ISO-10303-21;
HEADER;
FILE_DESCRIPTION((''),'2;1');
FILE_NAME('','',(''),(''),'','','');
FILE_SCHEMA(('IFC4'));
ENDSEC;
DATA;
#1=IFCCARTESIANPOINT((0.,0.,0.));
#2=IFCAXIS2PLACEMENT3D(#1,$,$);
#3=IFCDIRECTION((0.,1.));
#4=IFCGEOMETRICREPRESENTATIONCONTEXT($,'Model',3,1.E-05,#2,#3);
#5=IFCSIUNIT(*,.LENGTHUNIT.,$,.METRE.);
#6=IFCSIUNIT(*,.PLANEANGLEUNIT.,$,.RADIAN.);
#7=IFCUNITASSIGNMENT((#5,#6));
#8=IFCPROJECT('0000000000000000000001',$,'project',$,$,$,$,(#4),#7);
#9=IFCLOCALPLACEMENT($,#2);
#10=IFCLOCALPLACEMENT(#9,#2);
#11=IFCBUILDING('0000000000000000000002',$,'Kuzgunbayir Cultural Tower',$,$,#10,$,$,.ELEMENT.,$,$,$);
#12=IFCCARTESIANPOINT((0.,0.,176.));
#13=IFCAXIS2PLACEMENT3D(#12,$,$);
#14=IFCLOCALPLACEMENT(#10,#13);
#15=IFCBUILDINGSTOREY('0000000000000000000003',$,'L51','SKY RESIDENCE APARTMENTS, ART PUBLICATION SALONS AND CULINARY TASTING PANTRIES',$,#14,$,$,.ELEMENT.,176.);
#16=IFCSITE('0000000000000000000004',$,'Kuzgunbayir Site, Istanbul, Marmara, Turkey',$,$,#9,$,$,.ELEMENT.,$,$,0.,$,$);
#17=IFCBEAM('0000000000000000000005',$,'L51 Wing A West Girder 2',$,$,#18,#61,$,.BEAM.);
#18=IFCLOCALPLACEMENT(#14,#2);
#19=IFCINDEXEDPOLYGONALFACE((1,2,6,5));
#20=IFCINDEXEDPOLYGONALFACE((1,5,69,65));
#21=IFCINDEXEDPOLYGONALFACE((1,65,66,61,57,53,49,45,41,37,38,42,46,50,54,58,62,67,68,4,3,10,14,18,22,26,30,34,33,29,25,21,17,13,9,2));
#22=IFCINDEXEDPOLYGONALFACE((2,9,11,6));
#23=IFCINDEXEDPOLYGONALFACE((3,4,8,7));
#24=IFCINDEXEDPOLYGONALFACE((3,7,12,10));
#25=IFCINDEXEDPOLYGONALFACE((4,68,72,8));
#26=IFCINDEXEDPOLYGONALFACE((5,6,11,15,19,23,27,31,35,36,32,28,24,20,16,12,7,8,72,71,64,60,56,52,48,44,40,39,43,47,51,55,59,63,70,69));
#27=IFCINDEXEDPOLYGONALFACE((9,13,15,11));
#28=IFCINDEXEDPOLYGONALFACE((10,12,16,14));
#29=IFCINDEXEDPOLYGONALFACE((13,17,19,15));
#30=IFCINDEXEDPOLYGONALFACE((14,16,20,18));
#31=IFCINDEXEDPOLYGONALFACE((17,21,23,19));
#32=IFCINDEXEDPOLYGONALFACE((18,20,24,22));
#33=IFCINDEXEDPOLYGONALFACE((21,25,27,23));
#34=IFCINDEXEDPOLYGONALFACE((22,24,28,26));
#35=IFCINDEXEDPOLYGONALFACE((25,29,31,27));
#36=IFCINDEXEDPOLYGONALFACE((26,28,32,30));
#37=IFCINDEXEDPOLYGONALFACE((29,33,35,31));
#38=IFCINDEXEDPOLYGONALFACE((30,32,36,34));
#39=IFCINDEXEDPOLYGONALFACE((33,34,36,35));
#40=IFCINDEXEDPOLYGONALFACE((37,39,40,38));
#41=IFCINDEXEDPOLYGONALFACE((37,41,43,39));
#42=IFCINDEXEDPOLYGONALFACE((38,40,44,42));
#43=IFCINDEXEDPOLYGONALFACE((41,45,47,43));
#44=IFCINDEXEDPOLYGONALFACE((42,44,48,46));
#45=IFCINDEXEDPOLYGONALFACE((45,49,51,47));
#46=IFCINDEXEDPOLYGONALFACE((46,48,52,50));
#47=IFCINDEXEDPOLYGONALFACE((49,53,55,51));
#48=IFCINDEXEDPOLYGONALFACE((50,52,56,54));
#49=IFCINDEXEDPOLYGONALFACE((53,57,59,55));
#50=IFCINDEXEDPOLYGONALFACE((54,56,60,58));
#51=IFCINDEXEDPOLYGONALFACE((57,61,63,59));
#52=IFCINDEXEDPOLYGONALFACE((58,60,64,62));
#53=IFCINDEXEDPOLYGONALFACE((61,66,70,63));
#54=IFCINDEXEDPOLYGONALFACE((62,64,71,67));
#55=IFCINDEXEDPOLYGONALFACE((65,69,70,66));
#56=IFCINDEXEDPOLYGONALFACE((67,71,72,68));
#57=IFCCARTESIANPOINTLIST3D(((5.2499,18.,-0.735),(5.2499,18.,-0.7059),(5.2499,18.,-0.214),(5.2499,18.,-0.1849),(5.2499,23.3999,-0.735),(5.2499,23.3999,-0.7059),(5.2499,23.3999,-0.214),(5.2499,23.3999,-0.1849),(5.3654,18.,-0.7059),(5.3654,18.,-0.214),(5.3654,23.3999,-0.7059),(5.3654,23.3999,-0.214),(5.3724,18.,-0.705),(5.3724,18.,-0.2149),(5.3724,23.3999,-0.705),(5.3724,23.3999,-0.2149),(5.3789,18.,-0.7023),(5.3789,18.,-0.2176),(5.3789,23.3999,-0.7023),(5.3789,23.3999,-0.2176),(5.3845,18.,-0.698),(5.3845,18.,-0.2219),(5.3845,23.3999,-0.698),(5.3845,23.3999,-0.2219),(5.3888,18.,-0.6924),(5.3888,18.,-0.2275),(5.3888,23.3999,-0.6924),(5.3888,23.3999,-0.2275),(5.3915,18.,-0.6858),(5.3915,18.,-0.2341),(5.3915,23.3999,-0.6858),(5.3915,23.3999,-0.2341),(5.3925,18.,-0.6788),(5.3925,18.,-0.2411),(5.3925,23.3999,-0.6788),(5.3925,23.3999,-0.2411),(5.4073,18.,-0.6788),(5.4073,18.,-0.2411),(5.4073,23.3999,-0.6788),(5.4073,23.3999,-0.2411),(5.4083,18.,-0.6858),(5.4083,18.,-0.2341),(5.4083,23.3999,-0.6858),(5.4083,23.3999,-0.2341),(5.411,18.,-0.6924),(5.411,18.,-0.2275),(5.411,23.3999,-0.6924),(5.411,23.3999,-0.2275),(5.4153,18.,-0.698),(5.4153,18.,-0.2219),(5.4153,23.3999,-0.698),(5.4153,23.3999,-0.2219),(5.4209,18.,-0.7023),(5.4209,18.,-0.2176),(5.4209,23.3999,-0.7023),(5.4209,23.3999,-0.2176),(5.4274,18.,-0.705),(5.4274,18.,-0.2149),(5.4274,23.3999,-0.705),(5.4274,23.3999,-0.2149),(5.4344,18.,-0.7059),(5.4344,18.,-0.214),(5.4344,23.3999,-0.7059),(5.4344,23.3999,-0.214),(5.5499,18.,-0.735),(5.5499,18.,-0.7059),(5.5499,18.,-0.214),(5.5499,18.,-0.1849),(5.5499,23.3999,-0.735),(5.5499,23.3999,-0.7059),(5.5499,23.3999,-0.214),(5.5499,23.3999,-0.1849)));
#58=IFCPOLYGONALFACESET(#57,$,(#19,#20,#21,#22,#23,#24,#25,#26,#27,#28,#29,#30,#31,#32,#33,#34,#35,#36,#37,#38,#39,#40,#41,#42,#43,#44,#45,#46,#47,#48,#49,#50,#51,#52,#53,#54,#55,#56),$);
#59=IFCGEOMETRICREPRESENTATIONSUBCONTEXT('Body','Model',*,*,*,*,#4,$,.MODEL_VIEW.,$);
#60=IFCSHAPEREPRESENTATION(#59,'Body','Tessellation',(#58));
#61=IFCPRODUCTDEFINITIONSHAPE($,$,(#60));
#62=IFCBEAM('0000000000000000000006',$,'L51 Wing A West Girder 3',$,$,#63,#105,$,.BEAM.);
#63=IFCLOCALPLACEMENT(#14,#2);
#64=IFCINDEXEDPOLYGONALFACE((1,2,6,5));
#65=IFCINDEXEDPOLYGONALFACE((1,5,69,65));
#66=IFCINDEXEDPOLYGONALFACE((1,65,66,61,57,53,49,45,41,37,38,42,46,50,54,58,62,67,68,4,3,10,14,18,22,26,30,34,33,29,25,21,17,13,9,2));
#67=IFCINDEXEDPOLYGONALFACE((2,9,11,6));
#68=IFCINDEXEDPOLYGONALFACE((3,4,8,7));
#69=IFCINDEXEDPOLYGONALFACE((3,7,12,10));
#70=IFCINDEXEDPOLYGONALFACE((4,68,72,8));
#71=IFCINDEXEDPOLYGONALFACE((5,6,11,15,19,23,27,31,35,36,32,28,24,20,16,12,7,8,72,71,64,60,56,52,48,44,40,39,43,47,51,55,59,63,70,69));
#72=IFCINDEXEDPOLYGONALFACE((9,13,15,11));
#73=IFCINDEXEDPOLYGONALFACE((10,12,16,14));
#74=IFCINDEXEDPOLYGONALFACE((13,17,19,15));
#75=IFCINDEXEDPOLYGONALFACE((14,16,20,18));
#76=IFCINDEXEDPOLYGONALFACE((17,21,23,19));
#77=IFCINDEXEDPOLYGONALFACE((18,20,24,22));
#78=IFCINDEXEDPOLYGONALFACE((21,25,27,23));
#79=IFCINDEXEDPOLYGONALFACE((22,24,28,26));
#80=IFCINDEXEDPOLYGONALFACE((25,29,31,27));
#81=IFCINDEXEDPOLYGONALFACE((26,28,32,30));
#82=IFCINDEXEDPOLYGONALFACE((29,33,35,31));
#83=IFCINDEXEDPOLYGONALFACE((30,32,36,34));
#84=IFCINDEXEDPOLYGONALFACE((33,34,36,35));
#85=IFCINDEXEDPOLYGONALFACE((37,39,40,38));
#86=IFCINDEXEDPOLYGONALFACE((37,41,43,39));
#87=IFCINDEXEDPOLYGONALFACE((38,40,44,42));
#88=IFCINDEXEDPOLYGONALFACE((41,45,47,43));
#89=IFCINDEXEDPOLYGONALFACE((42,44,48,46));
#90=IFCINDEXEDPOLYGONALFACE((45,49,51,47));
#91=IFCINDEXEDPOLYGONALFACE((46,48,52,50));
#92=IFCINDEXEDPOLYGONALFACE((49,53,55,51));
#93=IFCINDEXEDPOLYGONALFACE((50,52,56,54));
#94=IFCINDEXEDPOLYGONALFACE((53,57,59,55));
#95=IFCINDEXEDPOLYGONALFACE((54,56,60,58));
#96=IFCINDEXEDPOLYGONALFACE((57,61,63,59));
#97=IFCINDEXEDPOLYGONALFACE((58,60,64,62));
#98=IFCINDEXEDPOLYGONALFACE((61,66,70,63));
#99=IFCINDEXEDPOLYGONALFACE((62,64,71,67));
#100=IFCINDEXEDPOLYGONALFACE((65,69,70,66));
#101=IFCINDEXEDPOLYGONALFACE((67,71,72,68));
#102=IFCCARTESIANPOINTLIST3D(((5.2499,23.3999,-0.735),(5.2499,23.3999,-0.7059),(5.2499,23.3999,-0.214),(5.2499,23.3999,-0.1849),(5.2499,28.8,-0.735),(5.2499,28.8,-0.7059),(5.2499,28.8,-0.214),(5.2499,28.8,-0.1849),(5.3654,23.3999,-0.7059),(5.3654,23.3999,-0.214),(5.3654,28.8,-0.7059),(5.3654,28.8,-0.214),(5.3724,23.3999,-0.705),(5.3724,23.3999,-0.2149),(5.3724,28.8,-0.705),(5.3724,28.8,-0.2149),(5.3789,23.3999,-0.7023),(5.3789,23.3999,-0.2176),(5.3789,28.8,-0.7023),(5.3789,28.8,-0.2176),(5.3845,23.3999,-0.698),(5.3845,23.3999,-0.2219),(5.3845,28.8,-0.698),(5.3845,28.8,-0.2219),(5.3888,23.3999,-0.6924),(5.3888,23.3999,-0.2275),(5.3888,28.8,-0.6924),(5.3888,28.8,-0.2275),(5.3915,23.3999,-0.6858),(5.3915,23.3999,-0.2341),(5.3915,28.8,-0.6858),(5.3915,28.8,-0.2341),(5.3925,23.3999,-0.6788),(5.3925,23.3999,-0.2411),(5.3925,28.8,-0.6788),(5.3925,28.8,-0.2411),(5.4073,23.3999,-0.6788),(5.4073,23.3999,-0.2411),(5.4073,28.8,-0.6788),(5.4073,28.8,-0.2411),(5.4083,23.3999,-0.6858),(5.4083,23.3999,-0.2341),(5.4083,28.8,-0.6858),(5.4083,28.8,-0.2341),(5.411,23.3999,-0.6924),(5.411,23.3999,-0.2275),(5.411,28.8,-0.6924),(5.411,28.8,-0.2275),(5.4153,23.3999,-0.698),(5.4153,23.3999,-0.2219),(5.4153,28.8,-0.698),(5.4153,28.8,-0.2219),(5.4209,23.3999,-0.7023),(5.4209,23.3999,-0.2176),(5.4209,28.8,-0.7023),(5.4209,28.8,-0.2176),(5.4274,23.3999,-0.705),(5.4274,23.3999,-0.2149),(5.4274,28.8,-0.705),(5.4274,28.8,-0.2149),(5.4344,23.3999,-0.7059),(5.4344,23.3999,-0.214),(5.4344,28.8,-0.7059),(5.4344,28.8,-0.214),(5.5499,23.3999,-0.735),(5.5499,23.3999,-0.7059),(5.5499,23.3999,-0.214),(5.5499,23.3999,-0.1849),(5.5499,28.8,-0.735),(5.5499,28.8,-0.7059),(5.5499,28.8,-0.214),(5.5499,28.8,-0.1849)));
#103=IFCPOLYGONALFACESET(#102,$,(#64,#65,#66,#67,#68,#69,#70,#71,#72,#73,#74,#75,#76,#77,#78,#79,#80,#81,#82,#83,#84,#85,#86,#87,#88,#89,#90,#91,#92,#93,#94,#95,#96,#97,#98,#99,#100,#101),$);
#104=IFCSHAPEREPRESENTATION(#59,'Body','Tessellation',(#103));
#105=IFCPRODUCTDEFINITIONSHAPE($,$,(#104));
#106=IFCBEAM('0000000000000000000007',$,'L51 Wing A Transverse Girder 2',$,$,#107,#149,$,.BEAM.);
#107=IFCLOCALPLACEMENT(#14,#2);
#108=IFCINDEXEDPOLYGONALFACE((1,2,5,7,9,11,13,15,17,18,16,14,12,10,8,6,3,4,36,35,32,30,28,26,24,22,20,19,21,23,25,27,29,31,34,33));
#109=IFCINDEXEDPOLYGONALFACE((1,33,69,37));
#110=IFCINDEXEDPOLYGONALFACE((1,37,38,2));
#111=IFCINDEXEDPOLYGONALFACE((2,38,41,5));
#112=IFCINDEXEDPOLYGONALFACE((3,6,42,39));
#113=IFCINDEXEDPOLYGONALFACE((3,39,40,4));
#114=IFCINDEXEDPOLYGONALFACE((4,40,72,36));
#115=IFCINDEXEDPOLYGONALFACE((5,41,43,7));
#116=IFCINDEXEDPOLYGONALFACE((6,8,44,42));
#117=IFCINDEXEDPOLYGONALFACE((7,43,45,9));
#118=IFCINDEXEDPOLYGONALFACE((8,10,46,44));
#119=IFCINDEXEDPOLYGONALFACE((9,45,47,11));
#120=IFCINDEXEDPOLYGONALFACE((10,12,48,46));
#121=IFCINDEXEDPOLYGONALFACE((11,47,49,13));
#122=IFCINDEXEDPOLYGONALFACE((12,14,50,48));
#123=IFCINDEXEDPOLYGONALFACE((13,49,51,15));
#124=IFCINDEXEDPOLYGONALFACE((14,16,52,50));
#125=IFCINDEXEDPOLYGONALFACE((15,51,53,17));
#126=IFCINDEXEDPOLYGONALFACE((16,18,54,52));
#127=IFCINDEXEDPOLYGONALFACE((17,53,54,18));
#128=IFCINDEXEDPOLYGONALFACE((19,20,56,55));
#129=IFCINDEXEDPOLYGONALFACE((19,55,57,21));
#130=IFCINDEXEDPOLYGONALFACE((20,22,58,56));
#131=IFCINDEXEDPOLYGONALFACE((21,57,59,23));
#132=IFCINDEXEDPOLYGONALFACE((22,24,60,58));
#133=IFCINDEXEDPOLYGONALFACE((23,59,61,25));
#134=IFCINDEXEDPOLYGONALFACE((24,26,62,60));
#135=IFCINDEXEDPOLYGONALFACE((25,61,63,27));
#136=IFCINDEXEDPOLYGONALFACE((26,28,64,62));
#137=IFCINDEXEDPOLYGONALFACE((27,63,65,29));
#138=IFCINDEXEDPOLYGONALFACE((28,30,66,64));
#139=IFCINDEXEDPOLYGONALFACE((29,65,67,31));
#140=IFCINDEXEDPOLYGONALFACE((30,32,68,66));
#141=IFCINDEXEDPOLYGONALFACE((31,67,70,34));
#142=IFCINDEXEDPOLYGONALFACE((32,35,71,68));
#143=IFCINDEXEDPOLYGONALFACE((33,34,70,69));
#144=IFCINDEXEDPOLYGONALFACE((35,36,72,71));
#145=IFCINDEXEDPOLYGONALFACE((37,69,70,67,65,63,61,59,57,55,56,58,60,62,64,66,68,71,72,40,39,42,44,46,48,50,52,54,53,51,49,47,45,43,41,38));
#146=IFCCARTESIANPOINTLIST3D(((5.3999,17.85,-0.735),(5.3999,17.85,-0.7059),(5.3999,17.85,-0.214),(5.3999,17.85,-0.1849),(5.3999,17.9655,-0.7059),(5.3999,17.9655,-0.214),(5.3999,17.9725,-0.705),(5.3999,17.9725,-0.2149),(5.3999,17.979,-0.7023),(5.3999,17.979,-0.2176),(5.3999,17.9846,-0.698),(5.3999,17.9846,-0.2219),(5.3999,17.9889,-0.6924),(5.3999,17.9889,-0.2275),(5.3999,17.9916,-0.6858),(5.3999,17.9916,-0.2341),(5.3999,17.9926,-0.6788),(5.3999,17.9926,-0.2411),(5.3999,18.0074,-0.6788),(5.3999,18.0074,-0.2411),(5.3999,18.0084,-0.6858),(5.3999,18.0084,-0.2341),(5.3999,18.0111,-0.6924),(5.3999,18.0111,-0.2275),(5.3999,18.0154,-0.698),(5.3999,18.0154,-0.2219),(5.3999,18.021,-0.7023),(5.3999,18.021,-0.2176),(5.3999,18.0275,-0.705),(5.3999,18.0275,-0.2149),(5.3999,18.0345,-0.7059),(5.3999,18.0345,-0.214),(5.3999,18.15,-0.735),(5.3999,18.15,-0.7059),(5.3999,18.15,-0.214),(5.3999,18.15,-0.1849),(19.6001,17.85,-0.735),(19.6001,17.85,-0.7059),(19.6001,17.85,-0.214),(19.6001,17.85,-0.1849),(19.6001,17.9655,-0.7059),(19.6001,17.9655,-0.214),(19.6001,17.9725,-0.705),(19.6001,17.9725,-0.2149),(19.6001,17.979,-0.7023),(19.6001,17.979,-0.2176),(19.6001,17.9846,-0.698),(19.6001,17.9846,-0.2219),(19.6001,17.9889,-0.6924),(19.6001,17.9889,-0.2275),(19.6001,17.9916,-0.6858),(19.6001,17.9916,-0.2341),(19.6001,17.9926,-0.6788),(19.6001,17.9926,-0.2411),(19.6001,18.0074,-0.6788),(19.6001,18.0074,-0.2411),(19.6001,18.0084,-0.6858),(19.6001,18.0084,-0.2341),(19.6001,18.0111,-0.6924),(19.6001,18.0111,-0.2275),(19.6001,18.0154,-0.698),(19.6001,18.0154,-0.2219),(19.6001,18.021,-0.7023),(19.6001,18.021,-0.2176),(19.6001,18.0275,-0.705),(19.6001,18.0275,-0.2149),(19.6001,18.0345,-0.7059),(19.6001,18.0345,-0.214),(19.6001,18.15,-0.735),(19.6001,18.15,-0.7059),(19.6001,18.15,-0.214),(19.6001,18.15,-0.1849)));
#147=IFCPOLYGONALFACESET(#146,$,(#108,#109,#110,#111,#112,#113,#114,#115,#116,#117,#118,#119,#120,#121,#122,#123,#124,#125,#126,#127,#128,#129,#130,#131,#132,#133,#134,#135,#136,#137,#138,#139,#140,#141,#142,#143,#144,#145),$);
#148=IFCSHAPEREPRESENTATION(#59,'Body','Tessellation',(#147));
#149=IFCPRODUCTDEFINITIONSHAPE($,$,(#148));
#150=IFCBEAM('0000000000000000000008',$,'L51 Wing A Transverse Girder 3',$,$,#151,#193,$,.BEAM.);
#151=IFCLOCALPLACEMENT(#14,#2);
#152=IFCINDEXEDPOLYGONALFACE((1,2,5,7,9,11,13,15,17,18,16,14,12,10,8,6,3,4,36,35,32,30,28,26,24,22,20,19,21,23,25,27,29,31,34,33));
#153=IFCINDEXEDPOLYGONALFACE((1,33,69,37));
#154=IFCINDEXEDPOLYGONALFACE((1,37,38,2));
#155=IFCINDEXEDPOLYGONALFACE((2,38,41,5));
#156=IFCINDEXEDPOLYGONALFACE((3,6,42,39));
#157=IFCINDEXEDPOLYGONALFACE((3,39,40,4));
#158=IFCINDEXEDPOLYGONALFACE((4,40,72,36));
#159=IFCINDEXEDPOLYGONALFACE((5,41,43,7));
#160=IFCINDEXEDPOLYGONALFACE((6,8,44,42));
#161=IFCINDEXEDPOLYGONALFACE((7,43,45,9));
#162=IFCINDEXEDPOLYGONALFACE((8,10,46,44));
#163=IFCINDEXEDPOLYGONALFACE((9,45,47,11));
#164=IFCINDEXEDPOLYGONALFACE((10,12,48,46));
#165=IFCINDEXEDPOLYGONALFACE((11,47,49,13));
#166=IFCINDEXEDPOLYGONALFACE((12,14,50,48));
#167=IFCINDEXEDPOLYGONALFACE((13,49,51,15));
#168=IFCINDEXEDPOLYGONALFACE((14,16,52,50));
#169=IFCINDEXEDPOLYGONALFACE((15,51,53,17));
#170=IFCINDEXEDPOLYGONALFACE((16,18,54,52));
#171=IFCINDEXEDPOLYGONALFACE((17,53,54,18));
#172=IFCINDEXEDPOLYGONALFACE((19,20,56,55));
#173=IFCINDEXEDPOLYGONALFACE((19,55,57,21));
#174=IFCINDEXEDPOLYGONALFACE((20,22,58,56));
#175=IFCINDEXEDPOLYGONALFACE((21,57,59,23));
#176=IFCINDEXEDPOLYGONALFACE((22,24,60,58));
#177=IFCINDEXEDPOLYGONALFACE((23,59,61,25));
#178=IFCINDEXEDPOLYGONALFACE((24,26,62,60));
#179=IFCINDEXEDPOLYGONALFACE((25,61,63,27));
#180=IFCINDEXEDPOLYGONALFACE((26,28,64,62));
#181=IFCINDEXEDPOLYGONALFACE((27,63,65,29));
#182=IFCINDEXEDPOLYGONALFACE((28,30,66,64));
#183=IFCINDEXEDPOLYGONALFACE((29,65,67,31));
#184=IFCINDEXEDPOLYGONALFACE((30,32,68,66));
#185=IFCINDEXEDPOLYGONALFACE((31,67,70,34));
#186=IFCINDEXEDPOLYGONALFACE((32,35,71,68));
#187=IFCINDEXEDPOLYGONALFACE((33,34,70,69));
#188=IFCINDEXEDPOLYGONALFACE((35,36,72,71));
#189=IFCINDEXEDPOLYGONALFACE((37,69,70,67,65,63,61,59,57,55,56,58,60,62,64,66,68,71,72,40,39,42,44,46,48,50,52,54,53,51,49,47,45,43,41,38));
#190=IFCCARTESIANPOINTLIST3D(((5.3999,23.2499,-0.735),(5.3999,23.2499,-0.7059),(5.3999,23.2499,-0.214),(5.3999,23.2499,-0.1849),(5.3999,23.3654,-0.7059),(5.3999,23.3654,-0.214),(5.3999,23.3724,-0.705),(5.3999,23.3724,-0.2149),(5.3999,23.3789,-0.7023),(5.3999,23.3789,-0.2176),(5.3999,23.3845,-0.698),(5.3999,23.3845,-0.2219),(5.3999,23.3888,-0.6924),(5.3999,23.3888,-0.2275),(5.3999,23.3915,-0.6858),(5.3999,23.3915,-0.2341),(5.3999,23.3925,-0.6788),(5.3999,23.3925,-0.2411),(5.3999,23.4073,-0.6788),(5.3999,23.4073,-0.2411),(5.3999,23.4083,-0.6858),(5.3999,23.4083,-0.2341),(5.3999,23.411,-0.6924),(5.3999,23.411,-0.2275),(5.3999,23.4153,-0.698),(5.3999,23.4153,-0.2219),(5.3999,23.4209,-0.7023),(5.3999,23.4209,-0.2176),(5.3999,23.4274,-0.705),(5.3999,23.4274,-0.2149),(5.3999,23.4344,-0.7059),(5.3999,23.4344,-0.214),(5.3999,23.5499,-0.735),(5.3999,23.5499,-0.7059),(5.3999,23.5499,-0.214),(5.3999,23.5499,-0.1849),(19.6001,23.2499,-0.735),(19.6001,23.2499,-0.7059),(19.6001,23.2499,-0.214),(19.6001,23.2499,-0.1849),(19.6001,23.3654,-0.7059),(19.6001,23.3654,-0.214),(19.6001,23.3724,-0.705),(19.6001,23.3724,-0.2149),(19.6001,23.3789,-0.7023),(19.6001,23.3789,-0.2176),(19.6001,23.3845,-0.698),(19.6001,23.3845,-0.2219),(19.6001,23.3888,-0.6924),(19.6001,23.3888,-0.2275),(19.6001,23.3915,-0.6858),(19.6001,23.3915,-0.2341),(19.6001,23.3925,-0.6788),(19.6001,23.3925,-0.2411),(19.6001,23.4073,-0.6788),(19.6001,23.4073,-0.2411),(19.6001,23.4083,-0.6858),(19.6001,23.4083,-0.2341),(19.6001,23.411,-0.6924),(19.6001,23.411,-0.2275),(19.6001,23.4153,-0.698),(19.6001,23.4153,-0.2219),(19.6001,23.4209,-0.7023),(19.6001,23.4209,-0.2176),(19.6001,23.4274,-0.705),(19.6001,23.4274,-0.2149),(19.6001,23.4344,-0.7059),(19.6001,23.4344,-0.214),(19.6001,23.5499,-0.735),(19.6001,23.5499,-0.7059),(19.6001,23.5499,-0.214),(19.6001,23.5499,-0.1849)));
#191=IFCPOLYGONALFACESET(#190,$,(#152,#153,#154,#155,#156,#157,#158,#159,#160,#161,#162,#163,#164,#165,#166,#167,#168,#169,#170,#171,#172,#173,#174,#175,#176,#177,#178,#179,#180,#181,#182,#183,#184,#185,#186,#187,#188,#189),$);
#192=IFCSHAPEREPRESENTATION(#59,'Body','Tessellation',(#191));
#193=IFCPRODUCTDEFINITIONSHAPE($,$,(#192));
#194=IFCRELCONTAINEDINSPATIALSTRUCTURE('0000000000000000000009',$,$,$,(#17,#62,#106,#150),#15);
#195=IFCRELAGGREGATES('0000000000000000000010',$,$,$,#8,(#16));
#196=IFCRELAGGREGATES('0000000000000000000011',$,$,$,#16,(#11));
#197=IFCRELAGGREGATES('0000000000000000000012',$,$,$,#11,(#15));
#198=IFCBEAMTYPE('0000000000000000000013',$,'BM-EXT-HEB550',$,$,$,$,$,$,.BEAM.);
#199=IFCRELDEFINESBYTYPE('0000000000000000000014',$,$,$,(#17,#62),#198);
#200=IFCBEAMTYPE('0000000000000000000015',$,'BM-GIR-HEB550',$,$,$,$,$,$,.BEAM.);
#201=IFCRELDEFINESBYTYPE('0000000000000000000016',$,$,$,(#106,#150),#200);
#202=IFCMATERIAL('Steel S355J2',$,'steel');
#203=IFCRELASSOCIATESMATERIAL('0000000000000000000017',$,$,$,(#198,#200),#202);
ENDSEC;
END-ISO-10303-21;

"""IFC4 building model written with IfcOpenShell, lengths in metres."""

from ifc_helpers import new_model, si_unit, direction, frame, origin, origin_2d, place, context, subcontext, project, spatial, i_section, extrude, material, material_profile, profile_set, type_object, element, save


model = new_model("IFC4")

# Units and contexts
model_context = context("Model", 3, precision=1e-05, world=origin(), true_north=direction((0.0, 1.0)))
body_context = subcontext(model_context, "Body", "Model", "MODEL_VIEW")
ifc_project = project(units=[si_unit("LENGTHUNIT", "METRE"), si_unit("PLANEANGLEUNIT", "RADIAN")], contexts=[model_context])

# Site, building, storey
site_placement = place(None, origin())
site = spatial("IfcSite", under=ifc_project, at=site_placement, Name="Kuzgunbayir Site, Istanbul, Marmara, Turkey", CompositionType="ELEMENT", RefElevation=0.0)
building_placement = place(site_placement, origin())
building = spatial("IfcBuilding", under=site, at=building_placement, Name="Kuzgunbayir Cultural Tower", CompositionType="ELEMENT")
storey_placement = place(building_placement, frame((0.0, 0.0, 176.0)))
storey = spatial("IfcBuildingStorey", under=building, at=storey_placement, Name="L51", Description="SKY RESIDENCE APARTMENTS, ART PUBLICATION SALONS AND CULINARY TASTING PANTRIES", CompositionType="ELEMENT", Elevation=176.0)

# Beams
ifc_material_1 = material(Name="Steel S355J2", Category="steel")
ifc_material_profile_1 = material_profile(ifc_material_1, i_section(OverallWidth=0.3, OverallDepth=0.55, WebThickness=0.0149, FlangeThickness=0.0291, FilletRadius=0.0271, at=origin_2d()), Name="HEB 550")
ifc_profile_set_1 = profile_set([ifc_material_profile_1], Name="Steel S355J2")
beam_type_1 = type_object("IfcBeamType", Name="BM-EXT-HEB550", PredefinedType="BEAM", material=ifc_profile_set_1)
beam_1_placement = place(storey_placement, frame((5.3999, 18.0, -0.46), z_axis=(0.0, 1.0, 0.0), x_axis=(-1.0, 0.0, 0.0)))
element("IfcBeam", 1, at=beam_1_placement, inside=storey, type_object=beam_type_1, Name="L51 Wing A West Girder 2", PredefinedType="BEAM", context=body_context, shape_type="SweptSolid", body=[
    extrude(i_section(OverallWidth=0.3, OverallDepth=0.55, WebThickness=0.0149, FlangeThickness=0.0291, FilletRadius=0.0271, at=origin_2d()), origin(), (0.0, 0.0, 1.0), 5.3999),
])
beam_2_placement = place(storey_placement, frame((5.3999, 23.3999, -0.46), z_axis=(0.0, 1.0, 0.0), x_axis=(-1.0, 0.0, 0.0)))
element("IfcBeam", 2, at=beam_2_placement, inside=storey, type_object=beam_type_1, Name="L51 Wing A West Girder 3", PredefinedType="BEAM", context=body_context, shape_type="SweptSolid", body=[
    extrude(i_section(OverallWidth=0.3, OverallDepth=0.55, WebThickness=0.0149, FlangeThickness=0.0291, FilletRadius=0.0271, at=origin_2d()), origin(), (0.0, 0.0, 1.0), 5.4001),
])
ifc_material_profile_2 = material_profile(ifc_material_1, i_section(OverallWidth=0.3, OverallDepth=0.55, WebThickness=0.0149, FlangeThickness=0.0291, FilletRadius=0.0271, at=origin_2d()), Name="HEB 550")
ifc_profile_set_2 = profile_set([ifc_material_profile_2], Name="Steel S355J2")
beam_type_2 = type_object("IfcBeamType", Name="BM-GIR-HEB550", PredefinedType="BEAM", material=ifc_profile_set_2)
for number, where, z_axis, x_axis, name in (
    (3, (5.3999, 18.0, -0.46), (1.0, 0.0, 0.0), (0.0, 1.0, 0.0), "L51 Wing A Transverse Girder 2"),
    (4, (5.3999, 23.3999, -0.46), (1.0, 0.0, 0.0), (0.0, 1.0, 0.0), "L51 Wing A Transverse Girder 3"),
):
    element("IfcBeam", number, at=place(storey_placement, frame(where, z_axis=z_axis, x_axis=x_axis)), inside=storey, type_object=beam_type_2, Name=name, PredefinedType="BEAM", context=body_context, shape_type="SweptSolid", body=[
        extrude(i_section(OverallWidth=0.3, OverallDepth=0.55, WebThickness=0.0149, FlangeThickness=0.0291, FilletRadius=0.0271, at=origin_2d()), origin(), (0.0, 0.0, 1.0), 14.2002),
    ])

save(model, "model.ifc")
